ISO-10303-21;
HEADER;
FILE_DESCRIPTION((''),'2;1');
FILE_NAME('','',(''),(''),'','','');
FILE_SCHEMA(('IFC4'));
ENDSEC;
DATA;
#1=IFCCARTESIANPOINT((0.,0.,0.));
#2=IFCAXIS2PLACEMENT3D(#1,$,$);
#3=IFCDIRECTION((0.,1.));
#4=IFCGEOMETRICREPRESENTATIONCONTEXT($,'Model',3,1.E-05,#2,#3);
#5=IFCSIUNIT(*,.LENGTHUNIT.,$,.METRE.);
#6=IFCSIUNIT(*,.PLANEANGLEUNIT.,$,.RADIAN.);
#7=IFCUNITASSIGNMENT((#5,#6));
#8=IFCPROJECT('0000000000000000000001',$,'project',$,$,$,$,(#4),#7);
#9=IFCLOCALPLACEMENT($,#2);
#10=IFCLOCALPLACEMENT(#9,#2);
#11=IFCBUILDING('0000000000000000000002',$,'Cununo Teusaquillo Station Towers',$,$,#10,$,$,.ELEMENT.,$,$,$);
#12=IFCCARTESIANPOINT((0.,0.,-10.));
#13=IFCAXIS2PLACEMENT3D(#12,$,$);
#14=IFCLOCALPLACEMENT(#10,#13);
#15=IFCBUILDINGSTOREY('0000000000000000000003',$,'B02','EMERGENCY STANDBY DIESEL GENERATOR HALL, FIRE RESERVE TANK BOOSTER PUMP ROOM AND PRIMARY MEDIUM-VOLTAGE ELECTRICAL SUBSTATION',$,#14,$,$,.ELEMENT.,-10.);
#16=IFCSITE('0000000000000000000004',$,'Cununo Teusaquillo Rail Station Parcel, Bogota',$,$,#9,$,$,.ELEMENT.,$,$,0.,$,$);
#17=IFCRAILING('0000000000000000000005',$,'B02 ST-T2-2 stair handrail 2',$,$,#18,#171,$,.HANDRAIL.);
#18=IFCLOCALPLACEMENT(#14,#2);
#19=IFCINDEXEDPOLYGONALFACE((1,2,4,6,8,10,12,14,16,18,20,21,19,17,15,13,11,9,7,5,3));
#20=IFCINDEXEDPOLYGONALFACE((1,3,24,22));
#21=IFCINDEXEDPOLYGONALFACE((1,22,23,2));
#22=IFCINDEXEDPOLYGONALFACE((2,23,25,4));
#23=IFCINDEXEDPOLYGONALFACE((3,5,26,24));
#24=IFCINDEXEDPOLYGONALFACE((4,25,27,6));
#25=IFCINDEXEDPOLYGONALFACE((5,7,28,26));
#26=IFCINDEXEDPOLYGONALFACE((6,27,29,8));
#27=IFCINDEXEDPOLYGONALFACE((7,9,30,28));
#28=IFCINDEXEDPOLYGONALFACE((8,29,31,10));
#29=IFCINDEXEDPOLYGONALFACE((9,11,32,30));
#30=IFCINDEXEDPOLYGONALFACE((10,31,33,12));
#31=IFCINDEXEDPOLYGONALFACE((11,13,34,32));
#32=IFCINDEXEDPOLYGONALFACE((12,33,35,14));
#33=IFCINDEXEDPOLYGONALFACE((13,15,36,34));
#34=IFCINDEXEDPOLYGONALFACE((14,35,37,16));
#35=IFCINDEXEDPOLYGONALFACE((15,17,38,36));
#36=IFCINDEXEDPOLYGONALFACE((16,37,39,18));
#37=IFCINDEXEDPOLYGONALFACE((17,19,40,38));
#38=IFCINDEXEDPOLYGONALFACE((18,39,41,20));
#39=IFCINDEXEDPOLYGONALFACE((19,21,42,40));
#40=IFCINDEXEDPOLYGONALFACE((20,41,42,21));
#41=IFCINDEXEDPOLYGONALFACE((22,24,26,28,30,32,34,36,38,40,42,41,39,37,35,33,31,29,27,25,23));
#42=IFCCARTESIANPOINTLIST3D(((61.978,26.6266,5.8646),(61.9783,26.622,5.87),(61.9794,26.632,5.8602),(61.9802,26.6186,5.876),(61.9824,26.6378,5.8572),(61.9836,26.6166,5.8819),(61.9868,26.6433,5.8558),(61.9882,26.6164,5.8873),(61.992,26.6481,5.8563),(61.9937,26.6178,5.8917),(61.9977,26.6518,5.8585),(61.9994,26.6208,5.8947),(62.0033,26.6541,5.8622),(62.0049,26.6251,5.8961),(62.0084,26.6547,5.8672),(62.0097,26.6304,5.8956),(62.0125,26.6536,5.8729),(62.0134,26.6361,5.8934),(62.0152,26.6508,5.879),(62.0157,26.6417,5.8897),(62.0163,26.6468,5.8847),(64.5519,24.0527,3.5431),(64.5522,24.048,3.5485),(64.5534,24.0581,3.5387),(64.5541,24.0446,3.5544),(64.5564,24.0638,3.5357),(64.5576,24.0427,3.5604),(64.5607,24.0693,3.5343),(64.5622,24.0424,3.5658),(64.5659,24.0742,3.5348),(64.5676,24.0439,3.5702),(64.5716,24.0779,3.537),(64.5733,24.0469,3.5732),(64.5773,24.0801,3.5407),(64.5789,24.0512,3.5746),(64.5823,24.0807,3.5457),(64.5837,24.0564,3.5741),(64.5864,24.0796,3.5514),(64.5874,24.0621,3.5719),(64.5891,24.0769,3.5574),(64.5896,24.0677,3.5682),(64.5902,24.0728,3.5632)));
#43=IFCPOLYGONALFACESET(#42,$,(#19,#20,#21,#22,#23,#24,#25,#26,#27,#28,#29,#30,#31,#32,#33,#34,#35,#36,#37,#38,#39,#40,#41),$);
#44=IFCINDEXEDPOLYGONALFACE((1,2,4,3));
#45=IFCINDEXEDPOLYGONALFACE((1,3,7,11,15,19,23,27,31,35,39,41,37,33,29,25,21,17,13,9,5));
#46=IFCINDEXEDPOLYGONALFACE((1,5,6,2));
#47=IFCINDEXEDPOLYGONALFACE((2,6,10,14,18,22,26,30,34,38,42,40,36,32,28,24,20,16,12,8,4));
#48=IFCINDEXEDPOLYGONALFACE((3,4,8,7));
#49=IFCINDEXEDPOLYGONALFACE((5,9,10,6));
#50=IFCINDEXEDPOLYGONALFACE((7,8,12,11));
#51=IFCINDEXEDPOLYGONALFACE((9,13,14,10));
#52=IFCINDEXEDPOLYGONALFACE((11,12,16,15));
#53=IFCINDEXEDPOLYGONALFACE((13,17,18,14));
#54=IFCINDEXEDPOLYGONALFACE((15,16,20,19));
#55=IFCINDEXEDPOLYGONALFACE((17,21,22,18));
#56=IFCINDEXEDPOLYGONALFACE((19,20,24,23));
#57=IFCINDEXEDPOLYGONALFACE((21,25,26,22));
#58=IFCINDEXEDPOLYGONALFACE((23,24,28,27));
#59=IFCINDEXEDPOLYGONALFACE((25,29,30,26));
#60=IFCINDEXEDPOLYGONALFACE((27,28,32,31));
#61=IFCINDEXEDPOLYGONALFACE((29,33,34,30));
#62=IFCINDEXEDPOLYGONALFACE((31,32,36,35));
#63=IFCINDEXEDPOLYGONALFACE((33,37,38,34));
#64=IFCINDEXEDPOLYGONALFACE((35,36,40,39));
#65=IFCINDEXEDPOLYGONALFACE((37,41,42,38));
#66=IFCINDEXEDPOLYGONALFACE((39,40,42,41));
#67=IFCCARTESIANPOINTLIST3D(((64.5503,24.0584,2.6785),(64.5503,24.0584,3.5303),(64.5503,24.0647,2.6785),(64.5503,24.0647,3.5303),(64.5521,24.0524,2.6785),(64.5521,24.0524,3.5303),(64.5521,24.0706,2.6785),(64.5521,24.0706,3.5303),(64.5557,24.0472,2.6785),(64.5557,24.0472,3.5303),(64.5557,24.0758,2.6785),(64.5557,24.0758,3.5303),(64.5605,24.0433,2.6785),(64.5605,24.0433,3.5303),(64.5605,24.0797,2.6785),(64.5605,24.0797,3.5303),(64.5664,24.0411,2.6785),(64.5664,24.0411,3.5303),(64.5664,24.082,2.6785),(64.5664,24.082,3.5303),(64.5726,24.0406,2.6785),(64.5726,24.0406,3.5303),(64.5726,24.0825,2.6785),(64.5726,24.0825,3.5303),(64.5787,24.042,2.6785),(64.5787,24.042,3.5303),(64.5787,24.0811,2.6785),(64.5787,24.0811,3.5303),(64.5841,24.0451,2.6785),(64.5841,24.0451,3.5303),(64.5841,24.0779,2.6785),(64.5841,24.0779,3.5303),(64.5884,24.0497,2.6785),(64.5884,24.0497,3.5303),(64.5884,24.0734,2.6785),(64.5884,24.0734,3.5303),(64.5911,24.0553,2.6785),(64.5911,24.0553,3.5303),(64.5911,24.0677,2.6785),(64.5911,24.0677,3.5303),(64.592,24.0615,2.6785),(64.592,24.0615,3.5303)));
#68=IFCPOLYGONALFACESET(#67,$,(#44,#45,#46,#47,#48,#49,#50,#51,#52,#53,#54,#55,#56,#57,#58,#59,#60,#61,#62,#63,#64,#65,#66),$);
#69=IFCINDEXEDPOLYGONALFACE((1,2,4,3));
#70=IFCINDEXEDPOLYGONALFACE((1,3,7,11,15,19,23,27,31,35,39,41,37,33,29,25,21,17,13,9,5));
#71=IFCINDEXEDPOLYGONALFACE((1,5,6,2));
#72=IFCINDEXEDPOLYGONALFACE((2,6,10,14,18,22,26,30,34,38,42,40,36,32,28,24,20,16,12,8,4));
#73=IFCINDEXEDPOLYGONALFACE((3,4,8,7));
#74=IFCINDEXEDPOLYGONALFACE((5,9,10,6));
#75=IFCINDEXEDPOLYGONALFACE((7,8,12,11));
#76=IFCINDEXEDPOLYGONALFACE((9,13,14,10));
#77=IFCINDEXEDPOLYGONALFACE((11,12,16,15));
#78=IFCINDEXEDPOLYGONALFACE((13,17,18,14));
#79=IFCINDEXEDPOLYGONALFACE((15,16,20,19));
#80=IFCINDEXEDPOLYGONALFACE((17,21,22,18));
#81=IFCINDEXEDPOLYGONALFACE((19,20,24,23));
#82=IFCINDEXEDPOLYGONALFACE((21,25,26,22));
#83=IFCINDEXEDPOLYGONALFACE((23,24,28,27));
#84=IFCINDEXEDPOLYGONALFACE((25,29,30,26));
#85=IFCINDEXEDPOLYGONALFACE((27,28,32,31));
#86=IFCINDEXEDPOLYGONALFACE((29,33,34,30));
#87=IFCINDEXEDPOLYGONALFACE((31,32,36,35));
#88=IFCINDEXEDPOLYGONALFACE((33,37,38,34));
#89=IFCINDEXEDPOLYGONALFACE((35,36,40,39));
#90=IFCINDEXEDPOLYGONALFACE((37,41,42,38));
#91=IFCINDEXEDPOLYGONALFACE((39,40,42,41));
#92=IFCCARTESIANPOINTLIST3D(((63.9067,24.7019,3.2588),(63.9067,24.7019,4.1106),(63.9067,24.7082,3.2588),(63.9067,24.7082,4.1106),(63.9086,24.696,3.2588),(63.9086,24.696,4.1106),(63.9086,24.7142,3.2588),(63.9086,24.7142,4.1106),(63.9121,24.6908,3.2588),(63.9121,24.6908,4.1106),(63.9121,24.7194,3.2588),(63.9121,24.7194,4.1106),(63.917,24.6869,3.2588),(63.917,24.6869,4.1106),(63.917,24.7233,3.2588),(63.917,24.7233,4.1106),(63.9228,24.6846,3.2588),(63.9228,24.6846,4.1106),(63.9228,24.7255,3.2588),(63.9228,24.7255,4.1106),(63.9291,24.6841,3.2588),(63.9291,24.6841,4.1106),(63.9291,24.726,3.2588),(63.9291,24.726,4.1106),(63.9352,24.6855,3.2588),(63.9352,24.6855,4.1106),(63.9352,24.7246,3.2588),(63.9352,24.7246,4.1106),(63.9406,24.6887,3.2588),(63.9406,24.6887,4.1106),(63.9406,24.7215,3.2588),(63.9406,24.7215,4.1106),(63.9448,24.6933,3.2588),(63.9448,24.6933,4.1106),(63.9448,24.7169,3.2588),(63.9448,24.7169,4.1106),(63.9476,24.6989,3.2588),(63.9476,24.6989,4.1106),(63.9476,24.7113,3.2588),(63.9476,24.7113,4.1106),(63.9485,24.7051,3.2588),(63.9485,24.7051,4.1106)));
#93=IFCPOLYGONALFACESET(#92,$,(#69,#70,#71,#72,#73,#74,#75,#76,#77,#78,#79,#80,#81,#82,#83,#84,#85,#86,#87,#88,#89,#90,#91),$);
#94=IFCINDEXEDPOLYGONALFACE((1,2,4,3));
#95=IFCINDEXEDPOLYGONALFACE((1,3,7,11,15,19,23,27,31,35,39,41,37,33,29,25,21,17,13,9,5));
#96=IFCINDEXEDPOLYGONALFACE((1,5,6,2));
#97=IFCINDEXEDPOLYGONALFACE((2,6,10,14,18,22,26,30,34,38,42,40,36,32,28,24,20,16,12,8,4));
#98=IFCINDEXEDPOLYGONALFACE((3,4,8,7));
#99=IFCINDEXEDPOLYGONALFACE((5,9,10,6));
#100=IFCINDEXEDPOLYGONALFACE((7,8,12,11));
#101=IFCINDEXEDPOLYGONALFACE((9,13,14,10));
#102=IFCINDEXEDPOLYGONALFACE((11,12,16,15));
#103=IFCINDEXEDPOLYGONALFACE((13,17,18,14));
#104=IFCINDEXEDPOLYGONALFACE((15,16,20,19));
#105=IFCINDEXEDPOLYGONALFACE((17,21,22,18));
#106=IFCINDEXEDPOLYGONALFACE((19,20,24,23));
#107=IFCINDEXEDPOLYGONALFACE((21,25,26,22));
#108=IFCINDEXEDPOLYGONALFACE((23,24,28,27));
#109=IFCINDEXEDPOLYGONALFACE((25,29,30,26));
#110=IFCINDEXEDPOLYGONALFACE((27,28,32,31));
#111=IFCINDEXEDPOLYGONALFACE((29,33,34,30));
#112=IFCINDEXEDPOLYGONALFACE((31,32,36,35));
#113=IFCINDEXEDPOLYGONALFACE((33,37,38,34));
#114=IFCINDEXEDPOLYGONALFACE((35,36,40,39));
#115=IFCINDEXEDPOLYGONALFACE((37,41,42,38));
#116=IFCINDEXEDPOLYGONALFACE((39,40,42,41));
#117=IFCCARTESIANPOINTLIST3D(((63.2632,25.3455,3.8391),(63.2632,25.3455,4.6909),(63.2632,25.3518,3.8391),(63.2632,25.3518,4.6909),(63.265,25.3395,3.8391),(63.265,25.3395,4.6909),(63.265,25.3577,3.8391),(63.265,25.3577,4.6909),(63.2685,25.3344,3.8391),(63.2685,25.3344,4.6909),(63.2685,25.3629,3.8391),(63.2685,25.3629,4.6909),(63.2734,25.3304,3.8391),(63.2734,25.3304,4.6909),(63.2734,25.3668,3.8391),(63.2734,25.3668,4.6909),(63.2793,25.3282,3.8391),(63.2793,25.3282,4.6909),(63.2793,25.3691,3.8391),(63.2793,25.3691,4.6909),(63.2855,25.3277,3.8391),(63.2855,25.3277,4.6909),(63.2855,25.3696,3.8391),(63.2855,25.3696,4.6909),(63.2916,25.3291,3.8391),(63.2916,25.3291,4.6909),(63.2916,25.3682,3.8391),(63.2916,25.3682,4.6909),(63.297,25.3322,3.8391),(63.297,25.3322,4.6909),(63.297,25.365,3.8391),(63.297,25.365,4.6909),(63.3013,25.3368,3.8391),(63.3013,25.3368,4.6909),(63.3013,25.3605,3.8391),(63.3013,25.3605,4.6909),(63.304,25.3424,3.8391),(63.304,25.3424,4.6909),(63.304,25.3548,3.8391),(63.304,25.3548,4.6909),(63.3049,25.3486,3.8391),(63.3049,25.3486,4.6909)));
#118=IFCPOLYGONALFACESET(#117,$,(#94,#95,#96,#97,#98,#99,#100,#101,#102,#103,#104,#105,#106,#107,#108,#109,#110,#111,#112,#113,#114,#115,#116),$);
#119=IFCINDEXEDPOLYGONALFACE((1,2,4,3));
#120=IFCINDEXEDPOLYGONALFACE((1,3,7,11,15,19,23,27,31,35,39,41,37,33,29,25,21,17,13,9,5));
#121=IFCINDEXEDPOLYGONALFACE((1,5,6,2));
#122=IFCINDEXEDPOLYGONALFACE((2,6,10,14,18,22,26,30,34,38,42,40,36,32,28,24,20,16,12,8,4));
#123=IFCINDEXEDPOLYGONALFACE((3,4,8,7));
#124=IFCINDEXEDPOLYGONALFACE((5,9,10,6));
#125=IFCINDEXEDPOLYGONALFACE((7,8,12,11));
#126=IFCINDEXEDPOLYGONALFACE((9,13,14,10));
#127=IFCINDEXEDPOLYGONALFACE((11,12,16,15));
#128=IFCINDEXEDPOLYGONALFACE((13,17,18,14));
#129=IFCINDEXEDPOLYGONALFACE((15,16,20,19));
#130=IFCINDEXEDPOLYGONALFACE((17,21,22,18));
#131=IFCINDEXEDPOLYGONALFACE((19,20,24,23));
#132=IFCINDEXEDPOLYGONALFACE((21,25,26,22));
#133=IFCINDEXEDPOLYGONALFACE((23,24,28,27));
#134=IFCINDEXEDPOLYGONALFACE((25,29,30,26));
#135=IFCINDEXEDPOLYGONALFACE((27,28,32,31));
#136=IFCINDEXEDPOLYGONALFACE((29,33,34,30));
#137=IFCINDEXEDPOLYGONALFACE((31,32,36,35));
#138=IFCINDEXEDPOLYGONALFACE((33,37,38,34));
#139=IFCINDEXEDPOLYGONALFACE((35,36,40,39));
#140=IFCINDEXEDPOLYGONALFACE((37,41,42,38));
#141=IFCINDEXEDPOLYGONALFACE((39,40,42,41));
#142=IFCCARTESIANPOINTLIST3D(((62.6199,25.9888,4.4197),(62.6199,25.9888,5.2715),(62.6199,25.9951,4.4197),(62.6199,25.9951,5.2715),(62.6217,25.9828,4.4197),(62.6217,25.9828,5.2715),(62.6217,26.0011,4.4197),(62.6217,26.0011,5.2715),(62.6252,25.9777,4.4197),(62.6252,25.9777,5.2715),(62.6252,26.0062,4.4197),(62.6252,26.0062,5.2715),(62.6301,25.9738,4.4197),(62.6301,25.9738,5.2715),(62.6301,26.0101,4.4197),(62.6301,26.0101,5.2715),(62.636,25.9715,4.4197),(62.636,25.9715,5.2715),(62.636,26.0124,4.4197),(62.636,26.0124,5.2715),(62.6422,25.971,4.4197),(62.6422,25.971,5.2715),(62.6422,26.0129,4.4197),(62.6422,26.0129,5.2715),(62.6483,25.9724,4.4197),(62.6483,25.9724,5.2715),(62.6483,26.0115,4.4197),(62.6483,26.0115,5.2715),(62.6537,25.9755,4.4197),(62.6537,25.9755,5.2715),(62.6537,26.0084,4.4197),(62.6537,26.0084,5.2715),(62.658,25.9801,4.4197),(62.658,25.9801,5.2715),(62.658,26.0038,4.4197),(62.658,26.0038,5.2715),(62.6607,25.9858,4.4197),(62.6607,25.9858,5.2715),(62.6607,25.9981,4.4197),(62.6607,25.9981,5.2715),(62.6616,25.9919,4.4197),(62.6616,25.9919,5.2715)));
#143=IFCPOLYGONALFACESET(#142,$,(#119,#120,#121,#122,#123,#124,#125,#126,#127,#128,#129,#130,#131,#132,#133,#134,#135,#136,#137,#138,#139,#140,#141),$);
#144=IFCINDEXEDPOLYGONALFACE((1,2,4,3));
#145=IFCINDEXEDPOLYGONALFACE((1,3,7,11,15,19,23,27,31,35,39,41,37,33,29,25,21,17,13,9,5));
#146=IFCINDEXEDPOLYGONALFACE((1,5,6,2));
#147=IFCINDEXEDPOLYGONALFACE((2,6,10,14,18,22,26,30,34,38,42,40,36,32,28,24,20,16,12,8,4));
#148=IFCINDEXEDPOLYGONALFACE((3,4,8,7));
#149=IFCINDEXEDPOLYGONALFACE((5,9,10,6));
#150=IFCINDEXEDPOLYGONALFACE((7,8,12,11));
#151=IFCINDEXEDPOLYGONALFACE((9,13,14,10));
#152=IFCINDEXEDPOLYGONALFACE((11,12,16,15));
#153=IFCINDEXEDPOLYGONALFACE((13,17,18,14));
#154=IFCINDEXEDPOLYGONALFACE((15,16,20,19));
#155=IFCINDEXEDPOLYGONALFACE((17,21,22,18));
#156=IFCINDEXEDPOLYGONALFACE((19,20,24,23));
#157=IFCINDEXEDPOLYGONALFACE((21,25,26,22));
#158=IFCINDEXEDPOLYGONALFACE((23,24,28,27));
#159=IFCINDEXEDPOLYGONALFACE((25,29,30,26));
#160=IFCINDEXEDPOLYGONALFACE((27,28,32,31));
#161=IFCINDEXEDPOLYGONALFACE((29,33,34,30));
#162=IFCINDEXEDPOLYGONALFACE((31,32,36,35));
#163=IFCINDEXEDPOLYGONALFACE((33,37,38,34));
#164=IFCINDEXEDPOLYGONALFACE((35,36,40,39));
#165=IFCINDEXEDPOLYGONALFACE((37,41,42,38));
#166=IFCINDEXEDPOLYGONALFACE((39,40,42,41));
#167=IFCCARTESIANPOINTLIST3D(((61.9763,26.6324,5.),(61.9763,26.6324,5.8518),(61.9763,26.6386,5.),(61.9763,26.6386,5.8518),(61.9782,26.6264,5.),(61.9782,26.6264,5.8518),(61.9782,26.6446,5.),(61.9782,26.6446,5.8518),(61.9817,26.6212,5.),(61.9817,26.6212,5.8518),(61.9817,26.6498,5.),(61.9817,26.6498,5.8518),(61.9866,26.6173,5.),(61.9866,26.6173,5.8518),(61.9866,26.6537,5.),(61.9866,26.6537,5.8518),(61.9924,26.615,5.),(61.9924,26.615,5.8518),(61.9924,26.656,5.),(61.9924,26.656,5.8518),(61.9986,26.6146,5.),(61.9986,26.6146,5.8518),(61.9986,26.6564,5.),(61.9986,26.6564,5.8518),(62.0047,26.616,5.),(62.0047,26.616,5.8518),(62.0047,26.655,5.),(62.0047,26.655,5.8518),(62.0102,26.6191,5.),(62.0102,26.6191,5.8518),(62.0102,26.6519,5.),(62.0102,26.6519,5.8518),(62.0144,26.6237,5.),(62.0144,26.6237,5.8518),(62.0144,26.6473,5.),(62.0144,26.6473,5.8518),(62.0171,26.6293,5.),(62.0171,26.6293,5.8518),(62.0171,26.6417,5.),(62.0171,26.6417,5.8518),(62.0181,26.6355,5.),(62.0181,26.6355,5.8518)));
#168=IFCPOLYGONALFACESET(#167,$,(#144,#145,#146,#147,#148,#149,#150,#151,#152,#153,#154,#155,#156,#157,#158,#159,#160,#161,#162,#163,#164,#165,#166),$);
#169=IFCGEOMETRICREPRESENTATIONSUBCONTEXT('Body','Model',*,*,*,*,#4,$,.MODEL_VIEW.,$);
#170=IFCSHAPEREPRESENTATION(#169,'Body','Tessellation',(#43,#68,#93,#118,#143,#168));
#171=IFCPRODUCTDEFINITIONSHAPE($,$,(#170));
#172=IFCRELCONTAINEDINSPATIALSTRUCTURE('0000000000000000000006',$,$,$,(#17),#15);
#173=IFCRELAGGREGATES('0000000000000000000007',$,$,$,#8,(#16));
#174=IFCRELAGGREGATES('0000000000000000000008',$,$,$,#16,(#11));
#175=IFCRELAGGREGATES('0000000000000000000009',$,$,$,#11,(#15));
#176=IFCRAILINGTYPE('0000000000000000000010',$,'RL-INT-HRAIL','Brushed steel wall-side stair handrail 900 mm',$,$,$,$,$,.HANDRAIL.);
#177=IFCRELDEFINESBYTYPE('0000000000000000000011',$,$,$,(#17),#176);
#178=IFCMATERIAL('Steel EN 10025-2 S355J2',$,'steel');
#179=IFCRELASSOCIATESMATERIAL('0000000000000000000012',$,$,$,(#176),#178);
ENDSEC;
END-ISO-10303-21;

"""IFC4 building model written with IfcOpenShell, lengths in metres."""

from ifc_helpers import new_model, si_unit, direction, frame, origin, origin_2d, place, context, subcontext, project, spatial, circle, extrude, material, type_object, element, save


model = new_model("IFC4")

# Units and contexts
model_context = context("Model", 3, precision=1e-05, world=origin(), true_north=direction((0.0, 1.0)))
body_context = subcontext(model_context, "Body", "Model", "MODEL_VIEW")
ifc_project = project(units=[si_unit("LENGTHUNIT", "METRE"), si_unit("PLANEANGLEUNIT", "RADIAN")], contexts=[model_context])

# Site, building, storey
site_placement = place(None, origin())
site = spatial("IfcSite", under=ifc_project, at=site_placement, Name="Cununo Teusaquillo Rail Station Parcel, Bogota", CompositionType="ELEMENT", RefElevation=0.0)
building_placement = place(site_placement, origin())
building = spatial("IfcBuilding", under=site, at=building_placement, Name="Cununo Teusaquillo Station Towers", CompositionType="ELEMENT")
storey_placement = place(building_placement, frame((0.0, 0.0, -10.0)))
storey = spatial("IfcBuildingStorey", under=building, at=storey_placement, Name="B02", Description="EMERGENCY STANDBY DIESEL GENERATOR HALL, FIRE RESERVE TANK BOOSTER PUMP ROOM AND PRIMARY MEDIUM-VOLTAGE ELECTRICAL SUBSTATION", CompositionType="ELEMENT", Elevation=-10.0)

# Railing
ifc_material_1 = material(Name="Steel EN 10025-2 S355J2", Category="steel")
railing_type_1 = type_object("IfcRailingType", Name="RL-INT-HRAIL", Description="Brushed steel wall-side stair handrail 900 mm", PredefinedType="HANDRAIL", material=ifc_material_1)
railing_1_placement = place(storey_placement, frame((64.571, 24.0615, 2.6785)))
element("IfcRailing", 1, at=railing_1_placement, inside=storey, type_object=railing_type_1, Name="B02 ST-T2-2 stair handrail 2", PredefinedType="HANDRAIL", context=body_context, shape_type="SweptSolid", body=[
    extrude(circle(Radius=0.0239, at=origin_2d()), frame((0.0, 0.0, 0.876), z_axis=(-0.596182, 0.596182, 0.537712), x_axis=(-0.707107, -0.707107, 0.0)), (0.0, 0.0, 1.0), 4.3174),
    extrude(circle(Radius=0.021, at=origin_2d()), origin(), (0.0, 0.0, 1.0), 0.8518),
    extrude(circle(Radius=0.021, at=origin_2d()), frame((-0.6436, 0.6436, 0.5803)), (0.0, 0.0, 1.0), 0.8518),
    extrude(circle(Radius=0.021, at=origin_2d()), frame((-1.2871, 1.2871, 1.1606)), (0.0, 0.0, 1.0), 0.8518),
    extrude(circle(Radius=0.021, at=origin_2d()), frame((-1.9304, 1.9304, 1.7412)), (0.0, 0.0, 1.0), 0.8518),
    extrude(circle(Radius=0.021, at=origin_2d()), frame((-2.574, 2.574, 2.3215)), (0.0, 0.0, 1.0), 0.8518),
])

save(model, "model.ifc")
